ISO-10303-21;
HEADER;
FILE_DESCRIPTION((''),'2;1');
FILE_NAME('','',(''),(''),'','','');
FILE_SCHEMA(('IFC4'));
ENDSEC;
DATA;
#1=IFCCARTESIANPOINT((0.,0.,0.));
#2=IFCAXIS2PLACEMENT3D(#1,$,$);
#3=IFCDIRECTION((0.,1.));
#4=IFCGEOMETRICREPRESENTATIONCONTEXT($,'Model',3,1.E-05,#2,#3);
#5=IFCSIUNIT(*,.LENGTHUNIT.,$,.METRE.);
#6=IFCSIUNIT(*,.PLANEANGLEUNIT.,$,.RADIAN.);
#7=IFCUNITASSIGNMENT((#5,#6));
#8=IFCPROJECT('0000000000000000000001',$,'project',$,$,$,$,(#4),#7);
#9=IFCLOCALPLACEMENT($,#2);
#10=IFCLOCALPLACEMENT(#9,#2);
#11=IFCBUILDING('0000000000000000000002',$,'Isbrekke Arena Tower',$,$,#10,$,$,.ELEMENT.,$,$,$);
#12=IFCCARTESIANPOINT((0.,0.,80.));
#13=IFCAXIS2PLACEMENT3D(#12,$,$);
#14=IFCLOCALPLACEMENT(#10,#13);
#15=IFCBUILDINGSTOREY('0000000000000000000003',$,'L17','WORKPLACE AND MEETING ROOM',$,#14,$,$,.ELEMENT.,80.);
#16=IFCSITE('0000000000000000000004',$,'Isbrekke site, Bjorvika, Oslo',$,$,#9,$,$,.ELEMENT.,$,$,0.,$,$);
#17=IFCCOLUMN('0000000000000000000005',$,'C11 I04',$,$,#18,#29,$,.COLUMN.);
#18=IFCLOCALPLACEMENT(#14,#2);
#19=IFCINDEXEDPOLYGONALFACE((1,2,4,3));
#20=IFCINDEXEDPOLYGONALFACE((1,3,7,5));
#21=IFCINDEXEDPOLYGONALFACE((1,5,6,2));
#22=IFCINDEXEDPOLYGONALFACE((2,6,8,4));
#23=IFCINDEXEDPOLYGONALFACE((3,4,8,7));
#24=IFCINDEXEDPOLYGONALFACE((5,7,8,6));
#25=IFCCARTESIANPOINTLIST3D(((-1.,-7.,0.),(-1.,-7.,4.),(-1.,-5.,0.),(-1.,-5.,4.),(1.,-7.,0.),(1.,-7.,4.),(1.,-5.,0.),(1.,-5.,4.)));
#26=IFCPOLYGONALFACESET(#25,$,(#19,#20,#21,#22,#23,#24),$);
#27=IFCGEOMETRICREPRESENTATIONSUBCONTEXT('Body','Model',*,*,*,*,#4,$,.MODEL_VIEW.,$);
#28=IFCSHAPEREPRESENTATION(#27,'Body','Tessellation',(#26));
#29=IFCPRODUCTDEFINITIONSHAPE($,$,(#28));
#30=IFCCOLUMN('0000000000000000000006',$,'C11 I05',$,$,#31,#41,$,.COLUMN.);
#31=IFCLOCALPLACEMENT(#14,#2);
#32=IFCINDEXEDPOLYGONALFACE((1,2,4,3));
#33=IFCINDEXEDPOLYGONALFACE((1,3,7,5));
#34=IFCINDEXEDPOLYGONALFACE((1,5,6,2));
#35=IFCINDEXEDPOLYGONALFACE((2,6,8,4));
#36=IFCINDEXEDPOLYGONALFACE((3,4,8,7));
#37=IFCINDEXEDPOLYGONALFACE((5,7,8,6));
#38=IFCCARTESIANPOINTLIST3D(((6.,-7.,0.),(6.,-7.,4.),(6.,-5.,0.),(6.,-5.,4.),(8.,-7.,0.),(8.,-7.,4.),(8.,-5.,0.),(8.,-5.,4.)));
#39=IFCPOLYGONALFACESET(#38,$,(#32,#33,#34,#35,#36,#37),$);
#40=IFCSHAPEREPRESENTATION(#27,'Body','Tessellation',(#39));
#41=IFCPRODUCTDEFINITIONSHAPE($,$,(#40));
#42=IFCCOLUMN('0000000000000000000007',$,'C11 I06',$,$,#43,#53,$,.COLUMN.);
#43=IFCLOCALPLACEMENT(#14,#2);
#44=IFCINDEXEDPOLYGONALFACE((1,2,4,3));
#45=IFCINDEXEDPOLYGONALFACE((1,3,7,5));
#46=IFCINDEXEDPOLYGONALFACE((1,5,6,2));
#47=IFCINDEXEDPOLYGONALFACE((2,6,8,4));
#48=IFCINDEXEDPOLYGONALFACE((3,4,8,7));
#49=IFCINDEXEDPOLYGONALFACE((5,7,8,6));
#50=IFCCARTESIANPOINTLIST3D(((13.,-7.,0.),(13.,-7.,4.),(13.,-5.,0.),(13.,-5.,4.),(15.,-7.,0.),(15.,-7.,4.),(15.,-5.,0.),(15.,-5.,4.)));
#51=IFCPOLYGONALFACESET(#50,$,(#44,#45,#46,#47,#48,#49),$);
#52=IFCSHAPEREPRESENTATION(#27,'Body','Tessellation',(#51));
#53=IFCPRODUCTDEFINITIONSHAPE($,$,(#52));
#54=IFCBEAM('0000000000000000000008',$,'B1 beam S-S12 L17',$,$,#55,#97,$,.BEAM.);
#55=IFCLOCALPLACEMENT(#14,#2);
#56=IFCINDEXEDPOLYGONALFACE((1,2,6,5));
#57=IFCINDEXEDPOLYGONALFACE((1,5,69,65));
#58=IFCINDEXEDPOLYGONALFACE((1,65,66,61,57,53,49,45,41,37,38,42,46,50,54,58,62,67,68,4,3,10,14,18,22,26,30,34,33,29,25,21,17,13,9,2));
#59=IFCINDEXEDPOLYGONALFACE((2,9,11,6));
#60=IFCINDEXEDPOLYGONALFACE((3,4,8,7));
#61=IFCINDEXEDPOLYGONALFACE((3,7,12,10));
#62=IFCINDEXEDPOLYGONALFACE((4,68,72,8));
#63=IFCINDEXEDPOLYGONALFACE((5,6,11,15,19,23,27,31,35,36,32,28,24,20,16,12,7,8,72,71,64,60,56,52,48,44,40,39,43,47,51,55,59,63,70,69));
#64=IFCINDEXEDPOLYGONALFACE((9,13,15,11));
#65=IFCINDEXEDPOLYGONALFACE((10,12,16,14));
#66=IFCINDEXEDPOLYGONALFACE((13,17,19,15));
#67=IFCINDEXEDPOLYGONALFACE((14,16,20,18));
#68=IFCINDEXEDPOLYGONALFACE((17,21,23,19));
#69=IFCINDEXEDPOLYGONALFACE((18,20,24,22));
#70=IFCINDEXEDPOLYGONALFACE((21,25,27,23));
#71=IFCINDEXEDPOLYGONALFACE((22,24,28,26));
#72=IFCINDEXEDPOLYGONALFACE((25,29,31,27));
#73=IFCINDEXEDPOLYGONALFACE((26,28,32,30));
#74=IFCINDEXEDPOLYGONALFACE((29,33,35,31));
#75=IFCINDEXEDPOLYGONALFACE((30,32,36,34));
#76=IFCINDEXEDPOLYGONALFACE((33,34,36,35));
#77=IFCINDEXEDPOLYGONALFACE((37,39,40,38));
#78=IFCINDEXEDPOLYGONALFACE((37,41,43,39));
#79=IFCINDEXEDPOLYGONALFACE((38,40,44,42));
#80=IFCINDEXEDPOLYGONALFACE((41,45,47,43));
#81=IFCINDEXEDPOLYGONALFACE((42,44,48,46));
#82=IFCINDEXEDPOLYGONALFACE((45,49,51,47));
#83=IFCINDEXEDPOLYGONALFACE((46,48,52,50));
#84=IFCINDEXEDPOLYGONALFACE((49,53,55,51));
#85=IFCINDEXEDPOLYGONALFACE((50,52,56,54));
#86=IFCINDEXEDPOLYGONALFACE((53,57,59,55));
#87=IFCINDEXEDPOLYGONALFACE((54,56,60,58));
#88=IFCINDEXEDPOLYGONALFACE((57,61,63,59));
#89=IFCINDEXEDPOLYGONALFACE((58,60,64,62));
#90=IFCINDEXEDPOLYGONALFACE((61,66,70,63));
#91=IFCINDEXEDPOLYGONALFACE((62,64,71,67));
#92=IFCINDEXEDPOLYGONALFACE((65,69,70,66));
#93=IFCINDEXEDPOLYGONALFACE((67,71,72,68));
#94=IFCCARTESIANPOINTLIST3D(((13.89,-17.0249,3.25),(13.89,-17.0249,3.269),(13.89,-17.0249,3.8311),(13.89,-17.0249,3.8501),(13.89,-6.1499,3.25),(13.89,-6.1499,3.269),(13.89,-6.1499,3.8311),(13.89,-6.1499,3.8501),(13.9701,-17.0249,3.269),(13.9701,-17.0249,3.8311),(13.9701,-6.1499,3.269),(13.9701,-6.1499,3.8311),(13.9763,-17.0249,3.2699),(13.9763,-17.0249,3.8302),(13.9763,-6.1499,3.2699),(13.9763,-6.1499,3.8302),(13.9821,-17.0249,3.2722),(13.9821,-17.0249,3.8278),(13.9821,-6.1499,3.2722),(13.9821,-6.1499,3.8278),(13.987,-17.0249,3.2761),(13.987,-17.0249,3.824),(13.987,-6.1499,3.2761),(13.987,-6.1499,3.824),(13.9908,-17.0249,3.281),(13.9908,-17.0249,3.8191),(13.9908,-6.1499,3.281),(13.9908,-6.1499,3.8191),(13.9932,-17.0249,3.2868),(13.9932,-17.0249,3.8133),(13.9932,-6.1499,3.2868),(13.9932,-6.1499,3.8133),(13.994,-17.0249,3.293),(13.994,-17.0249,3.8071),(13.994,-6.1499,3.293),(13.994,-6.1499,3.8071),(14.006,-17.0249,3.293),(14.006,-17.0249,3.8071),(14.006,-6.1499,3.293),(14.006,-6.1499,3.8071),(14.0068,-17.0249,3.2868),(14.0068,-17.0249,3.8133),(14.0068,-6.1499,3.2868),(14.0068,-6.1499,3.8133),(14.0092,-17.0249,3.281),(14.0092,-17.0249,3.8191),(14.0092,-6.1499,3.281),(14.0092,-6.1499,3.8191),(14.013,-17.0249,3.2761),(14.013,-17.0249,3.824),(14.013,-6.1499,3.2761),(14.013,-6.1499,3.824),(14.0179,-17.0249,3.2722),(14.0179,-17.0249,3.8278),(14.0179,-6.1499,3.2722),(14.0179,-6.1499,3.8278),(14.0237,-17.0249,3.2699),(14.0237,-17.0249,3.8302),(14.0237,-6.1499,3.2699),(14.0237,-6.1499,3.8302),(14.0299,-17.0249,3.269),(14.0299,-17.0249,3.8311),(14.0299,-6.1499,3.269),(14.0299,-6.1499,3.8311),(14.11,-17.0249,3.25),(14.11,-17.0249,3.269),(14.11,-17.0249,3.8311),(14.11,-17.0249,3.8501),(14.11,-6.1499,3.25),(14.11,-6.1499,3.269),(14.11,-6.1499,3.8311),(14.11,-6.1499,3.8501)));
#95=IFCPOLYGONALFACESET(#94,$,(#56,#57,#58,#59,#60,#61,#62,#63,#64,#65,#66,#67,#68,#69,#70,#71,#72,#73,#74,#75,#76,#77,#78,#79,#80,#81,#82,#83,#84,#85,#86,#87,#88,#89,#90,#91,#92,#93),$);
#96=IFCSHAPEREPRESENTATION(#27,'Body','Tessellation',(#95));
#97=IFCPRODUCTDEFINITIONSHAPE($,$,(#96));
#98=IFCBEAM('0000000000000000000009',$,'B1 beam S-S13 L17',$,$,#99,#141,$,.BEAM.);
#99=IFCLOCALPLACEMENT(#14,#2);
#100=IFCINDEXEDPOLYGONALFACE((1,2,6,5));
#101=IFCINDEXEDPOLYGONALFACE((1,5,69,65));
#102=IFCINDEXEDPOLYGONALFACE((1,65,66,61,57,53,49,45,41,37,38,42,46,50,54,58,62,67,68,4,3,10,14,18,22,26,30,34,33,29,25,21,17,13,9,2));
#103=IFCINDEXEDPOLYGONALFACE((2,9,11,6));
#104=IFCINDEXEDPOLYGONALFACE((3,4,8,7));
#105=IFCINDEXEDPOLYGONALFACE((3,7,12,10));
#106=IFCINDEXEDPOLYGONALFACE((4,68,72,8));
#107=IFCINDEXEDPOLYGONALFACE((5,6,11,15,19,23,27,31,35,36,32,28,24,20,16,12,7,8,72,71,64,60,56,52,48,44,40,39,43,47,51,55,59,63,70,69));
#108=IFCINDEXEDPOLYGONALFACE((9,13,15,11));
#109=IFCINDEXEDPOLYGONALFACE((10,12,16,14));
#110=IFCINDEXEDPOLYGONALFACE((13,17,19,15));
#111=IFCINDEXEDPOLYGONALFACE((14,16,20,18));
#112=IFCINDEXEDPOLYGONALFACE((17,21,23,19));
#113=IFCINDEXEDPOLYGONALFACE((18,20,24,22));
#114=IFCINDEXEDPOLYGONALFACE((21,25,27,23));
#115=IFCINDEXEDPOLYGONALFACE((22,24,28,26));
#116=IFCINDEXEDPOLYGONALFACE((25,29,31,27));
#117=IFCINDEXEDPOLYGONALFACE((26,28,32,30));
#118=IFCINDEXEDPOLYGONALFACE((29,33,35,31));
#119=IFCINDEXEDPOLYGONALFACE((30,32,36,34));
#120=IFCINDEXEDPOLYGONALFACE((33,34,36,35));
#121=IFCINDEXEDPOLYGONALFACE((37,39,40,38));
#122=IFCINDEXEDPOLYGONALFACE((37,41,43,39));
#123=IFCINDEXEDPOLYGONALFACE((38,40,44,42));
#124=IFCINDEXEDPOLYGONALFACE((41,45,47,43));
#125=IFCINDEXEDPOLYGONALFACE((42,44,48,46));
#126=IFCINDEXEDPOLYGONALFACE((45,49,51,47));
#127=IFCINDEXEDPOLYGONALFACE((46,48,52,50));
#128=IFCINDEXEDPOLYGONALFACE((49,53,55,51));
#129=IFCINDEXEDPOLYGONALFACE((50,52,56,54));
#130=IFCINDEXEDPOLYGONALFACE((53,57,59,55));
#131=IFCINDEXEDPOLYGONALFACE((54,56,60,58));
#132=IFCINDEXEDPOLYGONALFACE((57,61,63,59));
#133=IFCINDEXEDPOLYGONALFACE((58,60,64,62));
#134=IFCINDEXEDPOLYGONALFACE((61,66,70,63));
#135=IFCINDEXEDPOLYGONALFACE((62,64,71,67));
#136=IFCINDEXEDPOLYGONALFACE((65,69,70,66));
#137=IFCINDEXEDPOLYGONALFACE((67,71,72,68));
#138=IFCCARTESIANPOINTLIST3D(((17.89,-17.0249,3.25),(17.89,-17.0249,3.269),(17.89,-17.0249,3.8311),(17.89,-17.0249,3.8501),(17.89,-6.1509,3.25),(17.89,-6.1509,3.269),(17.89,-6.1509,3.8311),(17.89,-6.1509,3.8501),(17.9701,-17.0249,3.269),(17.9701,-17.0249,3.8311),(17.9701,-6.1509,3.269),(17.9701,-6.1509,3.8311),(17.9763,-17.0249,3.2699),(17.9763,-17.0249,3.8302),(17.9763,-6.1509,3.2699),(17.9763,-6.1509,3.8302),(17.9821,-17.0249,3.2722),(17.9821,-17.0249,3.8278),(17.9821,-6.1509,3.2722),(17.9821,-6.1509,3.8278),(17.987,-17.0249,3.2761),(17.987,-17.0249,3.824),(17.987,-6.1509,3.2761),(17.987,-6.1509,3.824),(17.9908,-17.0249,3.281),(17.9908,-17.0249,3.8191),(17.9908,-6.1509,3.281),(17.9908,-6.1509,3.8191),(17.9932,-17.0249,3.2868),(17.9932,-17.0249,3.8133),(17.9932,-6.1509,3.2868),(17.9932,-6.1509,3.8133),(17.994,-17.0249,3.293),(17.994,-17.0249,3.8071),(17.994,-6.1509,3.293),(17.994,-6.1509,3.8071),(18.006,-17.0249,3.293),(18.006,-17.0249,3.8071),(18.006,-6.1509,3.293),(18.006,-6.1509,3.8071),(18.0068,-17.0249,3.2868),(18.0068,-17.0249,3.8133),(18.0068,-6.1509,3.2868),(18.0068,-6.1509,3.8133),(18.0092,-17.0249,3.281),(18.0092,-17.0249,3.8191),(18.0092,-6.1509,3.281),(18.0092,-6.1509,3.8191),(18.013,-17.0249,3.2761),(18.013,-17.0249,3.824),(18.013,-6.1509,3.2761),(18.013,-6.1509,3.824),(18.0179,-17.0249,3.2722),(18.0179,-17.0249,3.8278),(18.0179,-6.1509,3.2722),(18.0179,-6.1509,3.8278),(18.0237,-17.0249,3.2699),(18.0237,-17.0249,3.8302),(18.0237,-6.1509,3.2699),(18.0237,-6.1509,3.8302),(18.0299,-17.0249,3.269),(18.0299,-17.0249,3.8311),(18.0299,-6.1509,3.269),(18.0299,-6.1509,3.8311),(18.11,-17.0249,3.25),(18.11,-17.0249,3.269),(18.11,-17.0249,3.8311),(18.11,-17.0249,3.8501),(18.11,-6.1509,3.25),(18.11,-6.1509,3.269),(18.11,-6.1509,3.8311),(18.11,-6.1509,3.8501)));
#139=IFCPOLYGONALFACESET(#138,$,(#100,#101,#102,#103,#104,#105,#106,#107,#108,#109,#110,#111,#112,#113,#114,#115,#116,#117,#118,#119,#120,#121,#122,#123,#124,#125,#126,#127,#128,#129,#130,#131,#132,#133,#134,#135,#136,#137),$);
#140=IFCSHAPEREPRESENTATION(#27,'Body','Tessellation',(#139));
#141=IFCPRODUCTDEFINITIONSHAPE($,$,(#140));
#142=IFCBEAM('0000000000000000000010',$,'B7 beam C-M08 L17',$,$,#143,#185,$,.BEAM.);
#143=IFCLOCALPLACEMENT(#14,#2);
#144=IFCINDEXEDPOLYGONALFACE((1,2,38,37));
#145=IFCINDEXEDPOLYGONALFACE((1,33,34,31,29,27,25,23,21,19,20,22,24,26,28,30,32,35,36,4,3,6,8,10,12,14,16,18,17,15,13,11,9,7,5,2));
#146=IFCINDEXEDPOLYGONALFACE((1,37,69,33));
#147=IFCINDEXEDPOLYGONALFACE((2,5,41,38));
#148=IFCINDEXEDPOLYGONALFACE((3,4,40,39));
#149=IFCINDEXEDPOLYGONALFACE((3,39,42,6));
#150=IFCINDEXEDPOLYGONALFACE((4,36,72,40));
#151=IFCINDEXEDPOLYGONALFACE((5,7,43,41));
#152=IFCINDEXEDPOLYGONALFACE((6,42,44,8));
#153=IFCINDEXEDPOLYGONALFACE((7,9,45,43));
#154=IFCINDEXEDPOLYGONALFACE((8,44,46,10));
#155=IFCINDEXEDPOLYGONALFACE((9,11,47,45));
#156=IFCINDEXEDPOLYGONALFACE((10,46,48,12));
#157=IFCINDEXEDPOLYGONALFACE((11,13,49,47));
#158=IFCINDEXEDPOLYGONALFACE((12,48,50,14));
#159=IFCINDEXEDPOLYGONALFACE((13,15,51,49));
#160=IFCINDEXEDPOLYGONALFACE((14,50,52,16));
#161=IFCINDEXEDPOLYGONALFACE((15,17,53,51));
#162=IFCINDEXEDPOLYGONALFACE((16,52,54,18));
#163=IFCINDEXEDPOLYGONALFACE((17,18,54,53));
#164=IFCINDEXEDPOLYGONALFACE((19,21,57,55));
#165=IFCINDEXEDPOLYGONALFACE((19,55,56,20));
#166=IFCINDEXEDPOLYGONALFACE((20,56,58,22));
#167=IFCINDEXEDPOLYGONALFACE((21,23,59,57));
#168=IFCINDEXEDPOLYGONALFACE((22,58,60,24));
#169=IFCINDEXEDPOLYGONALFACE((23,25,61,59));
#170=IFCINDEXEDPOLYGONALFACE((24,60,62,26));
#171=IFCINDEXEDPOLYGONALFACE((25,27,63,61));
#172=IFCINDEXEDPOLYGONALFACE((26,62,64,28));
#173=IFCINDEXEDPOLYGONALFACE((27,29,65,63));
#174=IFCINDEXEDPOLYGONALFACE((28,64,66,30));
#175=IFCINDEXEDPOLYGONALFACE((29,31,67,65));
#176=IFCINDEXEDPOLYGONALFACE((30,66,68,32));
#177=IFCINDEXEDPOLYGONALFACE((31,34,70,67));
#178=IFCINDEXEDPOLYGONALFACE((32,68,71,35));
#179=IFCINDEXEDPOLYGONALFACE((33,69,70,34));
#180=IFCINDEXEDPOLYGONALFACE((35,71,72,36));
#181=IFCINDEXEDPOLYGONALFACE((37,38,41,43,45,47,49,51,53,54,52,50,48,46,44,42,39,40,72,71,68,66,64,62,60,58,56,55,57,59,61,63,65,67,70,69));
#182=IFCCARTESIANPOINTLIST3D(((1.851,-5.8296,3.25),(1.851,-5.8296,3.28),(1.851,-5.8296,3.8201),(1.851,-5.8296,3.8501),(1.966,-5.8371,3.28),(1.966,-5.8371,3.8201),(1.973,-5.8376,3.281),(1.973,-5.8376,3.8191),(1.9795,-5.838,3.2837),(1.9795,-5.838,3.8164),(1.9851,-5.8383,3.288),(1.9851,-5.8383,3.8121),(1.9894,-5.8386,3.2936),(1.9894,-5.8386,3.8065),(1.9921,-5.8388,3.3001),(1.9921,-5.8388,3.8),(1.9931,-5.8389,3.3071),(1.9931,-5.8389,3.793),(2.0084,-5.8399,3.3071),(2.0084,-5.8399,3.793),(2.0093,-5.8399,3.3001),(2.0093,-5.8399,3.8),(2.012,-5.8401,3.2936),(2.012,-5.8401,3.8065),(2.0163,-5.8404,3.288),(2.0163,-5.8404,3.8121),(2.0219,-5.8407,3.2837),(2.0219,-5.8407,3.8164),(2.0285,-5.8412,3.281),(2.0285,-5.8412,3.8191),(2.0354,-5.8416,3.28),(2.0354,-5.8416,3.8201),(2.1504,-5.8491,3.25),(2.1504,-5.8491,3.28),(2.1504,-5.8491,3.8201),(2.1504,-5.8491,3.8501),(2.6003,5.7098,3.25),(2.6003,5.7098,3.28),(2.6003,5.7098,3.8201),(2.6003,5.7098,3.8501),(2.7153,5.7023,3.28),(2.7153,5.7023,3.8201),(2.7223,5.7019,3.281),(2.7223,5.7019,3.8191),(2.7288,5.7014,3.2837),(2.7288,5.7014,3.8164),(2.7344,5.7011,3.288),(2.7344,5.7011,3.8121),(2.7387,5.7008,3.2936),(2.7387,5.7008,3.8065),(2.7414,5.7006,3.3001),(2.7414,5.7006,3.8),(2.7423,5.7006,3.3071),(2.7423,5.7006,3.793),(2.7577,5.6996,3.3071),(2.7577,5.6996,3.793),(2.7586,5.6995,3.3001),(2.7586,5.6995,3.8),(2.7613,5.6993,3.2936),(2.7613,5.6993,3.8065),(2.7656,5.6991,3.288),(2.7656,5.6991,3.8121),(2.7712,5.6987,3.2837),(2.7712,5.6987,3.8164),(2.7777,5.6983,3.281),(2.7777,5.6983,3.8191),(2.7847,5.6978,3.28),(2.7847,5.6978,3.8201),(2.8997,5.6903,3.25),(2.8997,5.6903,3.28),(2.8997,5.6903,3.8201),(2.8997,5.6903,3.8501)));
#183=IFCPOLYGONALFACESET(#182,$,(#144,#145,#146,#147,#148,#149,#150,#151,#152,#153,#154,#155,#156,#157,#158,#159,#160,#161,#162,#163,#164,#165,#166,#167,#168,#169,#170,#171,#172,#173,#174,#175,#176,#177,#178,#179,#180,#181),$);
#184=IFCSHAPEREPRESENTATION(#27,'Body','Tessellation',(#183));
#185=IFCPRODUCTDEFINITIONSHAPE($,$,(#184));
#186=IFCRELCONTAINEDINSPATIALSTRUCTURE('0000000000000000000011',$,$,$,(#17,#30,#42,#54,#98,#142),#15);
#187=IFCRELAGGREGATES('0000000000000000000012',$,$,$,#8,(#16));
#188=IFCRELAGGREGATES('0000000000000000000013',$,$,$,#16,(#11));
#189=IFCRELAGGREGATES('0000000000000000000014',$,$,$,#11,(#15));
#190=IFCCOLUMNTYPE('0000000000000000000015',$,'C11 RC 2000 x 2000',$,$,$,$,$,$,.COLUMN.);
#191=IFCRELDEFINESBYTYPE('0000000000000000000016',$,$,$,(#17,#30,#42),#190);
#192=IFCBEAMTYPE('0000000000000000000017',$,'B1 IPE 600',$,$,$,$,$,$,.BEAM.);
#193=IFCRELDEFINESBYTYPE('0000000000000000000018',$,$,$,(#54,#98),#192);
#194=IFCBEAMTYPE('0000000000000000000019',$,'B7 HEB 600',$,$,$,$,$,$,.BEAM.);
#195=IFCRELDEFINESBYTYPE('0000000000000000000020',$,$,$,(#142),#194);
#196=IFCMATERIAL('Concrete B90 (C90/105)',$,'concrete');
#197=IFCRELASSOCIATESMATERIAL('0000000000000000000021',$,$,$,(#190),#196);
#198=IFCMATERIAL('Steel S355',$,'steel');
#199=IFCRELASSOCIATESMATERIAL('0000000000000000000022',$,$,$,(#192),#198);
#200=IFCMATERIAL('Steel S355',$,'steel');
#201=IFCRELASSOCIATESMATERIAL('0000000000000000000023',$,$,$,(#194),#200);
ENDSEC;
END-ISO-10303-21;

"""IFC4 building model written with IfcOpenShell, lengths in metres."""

from ifc_helpers import new_model, si_unit, direction, frame, origin, origin_2d, place, context, subcontext, project, spatial, rectangle, i_section, extrude, material, material_profile, profile_set, type_object, element, save


model = new_model("IFC4")

# Units and contexts
model_context = context("Model", 3, precision=1e-05, world=origin(), true_north=direction((0.0, 1.0)))
body_context = subcontext(model_context, "Body", "Model", "MODEL_VIEW")
ifc_project = project(units=[si_unit("LENGTHUNIT", "METRE"), si_unit("PLANEANGLEUNIT", "RADIAN")], contexts=[model_context])

# Site, building, storey
site_placement = place(None, origin())
site = spatial("IfcSite", under=ifc_project, at=site_placement, Name="Isbrekke site, Bjorvika, Oslo", CompositionType="ELEMENT", RefElevation=0.0)
building_placement = place(site_placement, origin())
building = spatial("IfcBuilding", under=site, at=building_placement, Name="Isbrekke Arena Tower", CompositionType="ELEMENT")
storey_placement = place(building_placement, frame((0.0, 0.0, 80.0)))
storey = spatial("IfcBuildingStorey", under=building, at=storey_placement, Name="L17", Description="WORKPLACE AND MEETING ROOM", CompositionType="ELEMENT", Elevation=80.0)

# Columns
ifc_material_1 = material(Name="Concrete B90 (C90/105)", Category="concrete")
ifc_material_profile_1 = material_profile(ifc_material_1, rectangle(XDim=2.0, YDim=2.0, at=origin_2d()), Name="RC 2000x2000")
ifc_profile_set_1 = profile_set([ifc_material_profile_1], Name="Concrete B90 (C90/105)")
column_type = type_object("IfcColumnType", Name="C11 RC 2000 x 2000", PredefinedType="COLUMN", material=ifc_profile_set_1)
for number, where, z_axis, x_axis, name in (
    (1, (0.0, -6.0, 0.0), (0.0, 0.0, 1.0), (1.0, 0.0, 0.0), "C11 I04"),
    (2, (7.0, -6.0, 0.0), (0.0, 0.0, 1.0), (1.0, 0.0, 0.0), "C11 I05"),
    (3, (14.0, -6.0, 0.0), (0.0, 0.0, 1.0), (1.0, 0.0, 0.0), "C11 I06"),
):
    element("IfcColumn", number, at=place(storey_placement, frame(where, z_axis=z_axis, x_axis=x_axis)), inside=storey, type_object=column_type, Name=name, PredefinedType="COLUMN", context=body_context, shape_type="SweptSolid", body=[
        extrude(rectangle(XDim=2.0, YDim=2.0, at=origin_2d()), origin(), (0.0, 0.0, 1.0), 4.0),
    ])

# Beams
ifc_material_2 = material(Name="Steel S355", Category="steel")
ifc_material_profile_2 = material_profile(ifc_material_2, i_section(OverallWidth=0.22, OverallDepth=0.6001, WebThickness=0.012, FlangeThickness=0.019, FilletRadius=0.0239, at=origin_2d()), Name="IPE 600")
ifc_profile_set_2 = profile_set([ifc_material_profile_2], Name="Steel S355")
beam_type_1 = type_object("IfcBeamType", Name="B1 IPE 600", PredefinedType="BEAM", material=ifc_profile_set_2)
beam_1_placement = place(storey_placement, frame((14.0, -17.0249, 3.55), z_axis=(0.0, 1.0, 0.0), x_axis=(-1.0, 0.0, 0.0)))
element("IfcBeam", 4, at=beam_1_placement, inside=storey, type_object=beam_type_1, Name="B1 beam S-S12 L17", PredefinedType="BEAM", context=body_context, shape_type="SweptSolid", body=[
    extrude(i_section(OverallWidth=0.22, OverallDepth=0.6001, WebThickness=0.012, FlangeThickness=0.019, FilletRadius=0.0239, at=origin_2d()), origin(), (0.0, 0.0, 1.0), 10.875),
])
beam_2_placement = place(storey_placement, frame((18.0, -17.0249, 3.55), z_axis=(0.0, 1.0, 0.0), x_axis=(-1.0, 0.0, 0.0)))
element("IfcBeam", 5, at=beam_2_placement, inside=storey, type_object=beam_type_1, Name="B1 beam S-S13 L17", PredefinedType="BEAM", context=body_context, shape_type="SweptSolid", body=[
    extrude(i_section(OverallWidth=0.22, OverallDepth=0.6001, WebThickness=0.012, FlangeThickness=0.019, FilletRadius=0.0239, at=origin_2d()), origin(), (0.0, 0.0, 1.0), 10.874),
])
ifc_material_3 = material(Name="Steel S355", Category="steel")
ifc_material_profile_3 = material_profile(ifc_material_3, i_section(OverallWidth=0.3, OverallDepth=0.6001, WebThickness=0.0154, FlangeThickness=0.03, FilletRadius=0.0271, at=origin_2d()), Name="HEB 600")
ifc_profile_set_3 = profile_set([ifc_material_profile_3], Name="Steel S355")
beam_type_2 = type_object("IfcBeamType", Name="B7 HEB 600", PredefinedType="BEAM", material=ifc_profile_set_3)
beam_3_placement = place(storey_placement, frame((2.0007, -5.8394, 3.55), z_axis=(0.064795, 0.997899, 0.0), x_axis=(-0.997899, 0.064795, 0.0)))
element("IfcBeam", 6, at=beam_3_placement, inside=storey, type_object=beam_type_2, Name="B7 beam C-M08 L17", PredefinedType="BEAM", context=body_context, shape_type="SweptSolid", body=[
    extrude(i_section(OverallWidth=0.3, OverallDepth=0.6001, WebThickness=0.0154, FlangeThickness=0.03, FilletRadius=0.0271, at=origin_2d()), origin(), (0.0, 0.0, 1.0), 11.5637),
])

save(model, "model.ifc")
